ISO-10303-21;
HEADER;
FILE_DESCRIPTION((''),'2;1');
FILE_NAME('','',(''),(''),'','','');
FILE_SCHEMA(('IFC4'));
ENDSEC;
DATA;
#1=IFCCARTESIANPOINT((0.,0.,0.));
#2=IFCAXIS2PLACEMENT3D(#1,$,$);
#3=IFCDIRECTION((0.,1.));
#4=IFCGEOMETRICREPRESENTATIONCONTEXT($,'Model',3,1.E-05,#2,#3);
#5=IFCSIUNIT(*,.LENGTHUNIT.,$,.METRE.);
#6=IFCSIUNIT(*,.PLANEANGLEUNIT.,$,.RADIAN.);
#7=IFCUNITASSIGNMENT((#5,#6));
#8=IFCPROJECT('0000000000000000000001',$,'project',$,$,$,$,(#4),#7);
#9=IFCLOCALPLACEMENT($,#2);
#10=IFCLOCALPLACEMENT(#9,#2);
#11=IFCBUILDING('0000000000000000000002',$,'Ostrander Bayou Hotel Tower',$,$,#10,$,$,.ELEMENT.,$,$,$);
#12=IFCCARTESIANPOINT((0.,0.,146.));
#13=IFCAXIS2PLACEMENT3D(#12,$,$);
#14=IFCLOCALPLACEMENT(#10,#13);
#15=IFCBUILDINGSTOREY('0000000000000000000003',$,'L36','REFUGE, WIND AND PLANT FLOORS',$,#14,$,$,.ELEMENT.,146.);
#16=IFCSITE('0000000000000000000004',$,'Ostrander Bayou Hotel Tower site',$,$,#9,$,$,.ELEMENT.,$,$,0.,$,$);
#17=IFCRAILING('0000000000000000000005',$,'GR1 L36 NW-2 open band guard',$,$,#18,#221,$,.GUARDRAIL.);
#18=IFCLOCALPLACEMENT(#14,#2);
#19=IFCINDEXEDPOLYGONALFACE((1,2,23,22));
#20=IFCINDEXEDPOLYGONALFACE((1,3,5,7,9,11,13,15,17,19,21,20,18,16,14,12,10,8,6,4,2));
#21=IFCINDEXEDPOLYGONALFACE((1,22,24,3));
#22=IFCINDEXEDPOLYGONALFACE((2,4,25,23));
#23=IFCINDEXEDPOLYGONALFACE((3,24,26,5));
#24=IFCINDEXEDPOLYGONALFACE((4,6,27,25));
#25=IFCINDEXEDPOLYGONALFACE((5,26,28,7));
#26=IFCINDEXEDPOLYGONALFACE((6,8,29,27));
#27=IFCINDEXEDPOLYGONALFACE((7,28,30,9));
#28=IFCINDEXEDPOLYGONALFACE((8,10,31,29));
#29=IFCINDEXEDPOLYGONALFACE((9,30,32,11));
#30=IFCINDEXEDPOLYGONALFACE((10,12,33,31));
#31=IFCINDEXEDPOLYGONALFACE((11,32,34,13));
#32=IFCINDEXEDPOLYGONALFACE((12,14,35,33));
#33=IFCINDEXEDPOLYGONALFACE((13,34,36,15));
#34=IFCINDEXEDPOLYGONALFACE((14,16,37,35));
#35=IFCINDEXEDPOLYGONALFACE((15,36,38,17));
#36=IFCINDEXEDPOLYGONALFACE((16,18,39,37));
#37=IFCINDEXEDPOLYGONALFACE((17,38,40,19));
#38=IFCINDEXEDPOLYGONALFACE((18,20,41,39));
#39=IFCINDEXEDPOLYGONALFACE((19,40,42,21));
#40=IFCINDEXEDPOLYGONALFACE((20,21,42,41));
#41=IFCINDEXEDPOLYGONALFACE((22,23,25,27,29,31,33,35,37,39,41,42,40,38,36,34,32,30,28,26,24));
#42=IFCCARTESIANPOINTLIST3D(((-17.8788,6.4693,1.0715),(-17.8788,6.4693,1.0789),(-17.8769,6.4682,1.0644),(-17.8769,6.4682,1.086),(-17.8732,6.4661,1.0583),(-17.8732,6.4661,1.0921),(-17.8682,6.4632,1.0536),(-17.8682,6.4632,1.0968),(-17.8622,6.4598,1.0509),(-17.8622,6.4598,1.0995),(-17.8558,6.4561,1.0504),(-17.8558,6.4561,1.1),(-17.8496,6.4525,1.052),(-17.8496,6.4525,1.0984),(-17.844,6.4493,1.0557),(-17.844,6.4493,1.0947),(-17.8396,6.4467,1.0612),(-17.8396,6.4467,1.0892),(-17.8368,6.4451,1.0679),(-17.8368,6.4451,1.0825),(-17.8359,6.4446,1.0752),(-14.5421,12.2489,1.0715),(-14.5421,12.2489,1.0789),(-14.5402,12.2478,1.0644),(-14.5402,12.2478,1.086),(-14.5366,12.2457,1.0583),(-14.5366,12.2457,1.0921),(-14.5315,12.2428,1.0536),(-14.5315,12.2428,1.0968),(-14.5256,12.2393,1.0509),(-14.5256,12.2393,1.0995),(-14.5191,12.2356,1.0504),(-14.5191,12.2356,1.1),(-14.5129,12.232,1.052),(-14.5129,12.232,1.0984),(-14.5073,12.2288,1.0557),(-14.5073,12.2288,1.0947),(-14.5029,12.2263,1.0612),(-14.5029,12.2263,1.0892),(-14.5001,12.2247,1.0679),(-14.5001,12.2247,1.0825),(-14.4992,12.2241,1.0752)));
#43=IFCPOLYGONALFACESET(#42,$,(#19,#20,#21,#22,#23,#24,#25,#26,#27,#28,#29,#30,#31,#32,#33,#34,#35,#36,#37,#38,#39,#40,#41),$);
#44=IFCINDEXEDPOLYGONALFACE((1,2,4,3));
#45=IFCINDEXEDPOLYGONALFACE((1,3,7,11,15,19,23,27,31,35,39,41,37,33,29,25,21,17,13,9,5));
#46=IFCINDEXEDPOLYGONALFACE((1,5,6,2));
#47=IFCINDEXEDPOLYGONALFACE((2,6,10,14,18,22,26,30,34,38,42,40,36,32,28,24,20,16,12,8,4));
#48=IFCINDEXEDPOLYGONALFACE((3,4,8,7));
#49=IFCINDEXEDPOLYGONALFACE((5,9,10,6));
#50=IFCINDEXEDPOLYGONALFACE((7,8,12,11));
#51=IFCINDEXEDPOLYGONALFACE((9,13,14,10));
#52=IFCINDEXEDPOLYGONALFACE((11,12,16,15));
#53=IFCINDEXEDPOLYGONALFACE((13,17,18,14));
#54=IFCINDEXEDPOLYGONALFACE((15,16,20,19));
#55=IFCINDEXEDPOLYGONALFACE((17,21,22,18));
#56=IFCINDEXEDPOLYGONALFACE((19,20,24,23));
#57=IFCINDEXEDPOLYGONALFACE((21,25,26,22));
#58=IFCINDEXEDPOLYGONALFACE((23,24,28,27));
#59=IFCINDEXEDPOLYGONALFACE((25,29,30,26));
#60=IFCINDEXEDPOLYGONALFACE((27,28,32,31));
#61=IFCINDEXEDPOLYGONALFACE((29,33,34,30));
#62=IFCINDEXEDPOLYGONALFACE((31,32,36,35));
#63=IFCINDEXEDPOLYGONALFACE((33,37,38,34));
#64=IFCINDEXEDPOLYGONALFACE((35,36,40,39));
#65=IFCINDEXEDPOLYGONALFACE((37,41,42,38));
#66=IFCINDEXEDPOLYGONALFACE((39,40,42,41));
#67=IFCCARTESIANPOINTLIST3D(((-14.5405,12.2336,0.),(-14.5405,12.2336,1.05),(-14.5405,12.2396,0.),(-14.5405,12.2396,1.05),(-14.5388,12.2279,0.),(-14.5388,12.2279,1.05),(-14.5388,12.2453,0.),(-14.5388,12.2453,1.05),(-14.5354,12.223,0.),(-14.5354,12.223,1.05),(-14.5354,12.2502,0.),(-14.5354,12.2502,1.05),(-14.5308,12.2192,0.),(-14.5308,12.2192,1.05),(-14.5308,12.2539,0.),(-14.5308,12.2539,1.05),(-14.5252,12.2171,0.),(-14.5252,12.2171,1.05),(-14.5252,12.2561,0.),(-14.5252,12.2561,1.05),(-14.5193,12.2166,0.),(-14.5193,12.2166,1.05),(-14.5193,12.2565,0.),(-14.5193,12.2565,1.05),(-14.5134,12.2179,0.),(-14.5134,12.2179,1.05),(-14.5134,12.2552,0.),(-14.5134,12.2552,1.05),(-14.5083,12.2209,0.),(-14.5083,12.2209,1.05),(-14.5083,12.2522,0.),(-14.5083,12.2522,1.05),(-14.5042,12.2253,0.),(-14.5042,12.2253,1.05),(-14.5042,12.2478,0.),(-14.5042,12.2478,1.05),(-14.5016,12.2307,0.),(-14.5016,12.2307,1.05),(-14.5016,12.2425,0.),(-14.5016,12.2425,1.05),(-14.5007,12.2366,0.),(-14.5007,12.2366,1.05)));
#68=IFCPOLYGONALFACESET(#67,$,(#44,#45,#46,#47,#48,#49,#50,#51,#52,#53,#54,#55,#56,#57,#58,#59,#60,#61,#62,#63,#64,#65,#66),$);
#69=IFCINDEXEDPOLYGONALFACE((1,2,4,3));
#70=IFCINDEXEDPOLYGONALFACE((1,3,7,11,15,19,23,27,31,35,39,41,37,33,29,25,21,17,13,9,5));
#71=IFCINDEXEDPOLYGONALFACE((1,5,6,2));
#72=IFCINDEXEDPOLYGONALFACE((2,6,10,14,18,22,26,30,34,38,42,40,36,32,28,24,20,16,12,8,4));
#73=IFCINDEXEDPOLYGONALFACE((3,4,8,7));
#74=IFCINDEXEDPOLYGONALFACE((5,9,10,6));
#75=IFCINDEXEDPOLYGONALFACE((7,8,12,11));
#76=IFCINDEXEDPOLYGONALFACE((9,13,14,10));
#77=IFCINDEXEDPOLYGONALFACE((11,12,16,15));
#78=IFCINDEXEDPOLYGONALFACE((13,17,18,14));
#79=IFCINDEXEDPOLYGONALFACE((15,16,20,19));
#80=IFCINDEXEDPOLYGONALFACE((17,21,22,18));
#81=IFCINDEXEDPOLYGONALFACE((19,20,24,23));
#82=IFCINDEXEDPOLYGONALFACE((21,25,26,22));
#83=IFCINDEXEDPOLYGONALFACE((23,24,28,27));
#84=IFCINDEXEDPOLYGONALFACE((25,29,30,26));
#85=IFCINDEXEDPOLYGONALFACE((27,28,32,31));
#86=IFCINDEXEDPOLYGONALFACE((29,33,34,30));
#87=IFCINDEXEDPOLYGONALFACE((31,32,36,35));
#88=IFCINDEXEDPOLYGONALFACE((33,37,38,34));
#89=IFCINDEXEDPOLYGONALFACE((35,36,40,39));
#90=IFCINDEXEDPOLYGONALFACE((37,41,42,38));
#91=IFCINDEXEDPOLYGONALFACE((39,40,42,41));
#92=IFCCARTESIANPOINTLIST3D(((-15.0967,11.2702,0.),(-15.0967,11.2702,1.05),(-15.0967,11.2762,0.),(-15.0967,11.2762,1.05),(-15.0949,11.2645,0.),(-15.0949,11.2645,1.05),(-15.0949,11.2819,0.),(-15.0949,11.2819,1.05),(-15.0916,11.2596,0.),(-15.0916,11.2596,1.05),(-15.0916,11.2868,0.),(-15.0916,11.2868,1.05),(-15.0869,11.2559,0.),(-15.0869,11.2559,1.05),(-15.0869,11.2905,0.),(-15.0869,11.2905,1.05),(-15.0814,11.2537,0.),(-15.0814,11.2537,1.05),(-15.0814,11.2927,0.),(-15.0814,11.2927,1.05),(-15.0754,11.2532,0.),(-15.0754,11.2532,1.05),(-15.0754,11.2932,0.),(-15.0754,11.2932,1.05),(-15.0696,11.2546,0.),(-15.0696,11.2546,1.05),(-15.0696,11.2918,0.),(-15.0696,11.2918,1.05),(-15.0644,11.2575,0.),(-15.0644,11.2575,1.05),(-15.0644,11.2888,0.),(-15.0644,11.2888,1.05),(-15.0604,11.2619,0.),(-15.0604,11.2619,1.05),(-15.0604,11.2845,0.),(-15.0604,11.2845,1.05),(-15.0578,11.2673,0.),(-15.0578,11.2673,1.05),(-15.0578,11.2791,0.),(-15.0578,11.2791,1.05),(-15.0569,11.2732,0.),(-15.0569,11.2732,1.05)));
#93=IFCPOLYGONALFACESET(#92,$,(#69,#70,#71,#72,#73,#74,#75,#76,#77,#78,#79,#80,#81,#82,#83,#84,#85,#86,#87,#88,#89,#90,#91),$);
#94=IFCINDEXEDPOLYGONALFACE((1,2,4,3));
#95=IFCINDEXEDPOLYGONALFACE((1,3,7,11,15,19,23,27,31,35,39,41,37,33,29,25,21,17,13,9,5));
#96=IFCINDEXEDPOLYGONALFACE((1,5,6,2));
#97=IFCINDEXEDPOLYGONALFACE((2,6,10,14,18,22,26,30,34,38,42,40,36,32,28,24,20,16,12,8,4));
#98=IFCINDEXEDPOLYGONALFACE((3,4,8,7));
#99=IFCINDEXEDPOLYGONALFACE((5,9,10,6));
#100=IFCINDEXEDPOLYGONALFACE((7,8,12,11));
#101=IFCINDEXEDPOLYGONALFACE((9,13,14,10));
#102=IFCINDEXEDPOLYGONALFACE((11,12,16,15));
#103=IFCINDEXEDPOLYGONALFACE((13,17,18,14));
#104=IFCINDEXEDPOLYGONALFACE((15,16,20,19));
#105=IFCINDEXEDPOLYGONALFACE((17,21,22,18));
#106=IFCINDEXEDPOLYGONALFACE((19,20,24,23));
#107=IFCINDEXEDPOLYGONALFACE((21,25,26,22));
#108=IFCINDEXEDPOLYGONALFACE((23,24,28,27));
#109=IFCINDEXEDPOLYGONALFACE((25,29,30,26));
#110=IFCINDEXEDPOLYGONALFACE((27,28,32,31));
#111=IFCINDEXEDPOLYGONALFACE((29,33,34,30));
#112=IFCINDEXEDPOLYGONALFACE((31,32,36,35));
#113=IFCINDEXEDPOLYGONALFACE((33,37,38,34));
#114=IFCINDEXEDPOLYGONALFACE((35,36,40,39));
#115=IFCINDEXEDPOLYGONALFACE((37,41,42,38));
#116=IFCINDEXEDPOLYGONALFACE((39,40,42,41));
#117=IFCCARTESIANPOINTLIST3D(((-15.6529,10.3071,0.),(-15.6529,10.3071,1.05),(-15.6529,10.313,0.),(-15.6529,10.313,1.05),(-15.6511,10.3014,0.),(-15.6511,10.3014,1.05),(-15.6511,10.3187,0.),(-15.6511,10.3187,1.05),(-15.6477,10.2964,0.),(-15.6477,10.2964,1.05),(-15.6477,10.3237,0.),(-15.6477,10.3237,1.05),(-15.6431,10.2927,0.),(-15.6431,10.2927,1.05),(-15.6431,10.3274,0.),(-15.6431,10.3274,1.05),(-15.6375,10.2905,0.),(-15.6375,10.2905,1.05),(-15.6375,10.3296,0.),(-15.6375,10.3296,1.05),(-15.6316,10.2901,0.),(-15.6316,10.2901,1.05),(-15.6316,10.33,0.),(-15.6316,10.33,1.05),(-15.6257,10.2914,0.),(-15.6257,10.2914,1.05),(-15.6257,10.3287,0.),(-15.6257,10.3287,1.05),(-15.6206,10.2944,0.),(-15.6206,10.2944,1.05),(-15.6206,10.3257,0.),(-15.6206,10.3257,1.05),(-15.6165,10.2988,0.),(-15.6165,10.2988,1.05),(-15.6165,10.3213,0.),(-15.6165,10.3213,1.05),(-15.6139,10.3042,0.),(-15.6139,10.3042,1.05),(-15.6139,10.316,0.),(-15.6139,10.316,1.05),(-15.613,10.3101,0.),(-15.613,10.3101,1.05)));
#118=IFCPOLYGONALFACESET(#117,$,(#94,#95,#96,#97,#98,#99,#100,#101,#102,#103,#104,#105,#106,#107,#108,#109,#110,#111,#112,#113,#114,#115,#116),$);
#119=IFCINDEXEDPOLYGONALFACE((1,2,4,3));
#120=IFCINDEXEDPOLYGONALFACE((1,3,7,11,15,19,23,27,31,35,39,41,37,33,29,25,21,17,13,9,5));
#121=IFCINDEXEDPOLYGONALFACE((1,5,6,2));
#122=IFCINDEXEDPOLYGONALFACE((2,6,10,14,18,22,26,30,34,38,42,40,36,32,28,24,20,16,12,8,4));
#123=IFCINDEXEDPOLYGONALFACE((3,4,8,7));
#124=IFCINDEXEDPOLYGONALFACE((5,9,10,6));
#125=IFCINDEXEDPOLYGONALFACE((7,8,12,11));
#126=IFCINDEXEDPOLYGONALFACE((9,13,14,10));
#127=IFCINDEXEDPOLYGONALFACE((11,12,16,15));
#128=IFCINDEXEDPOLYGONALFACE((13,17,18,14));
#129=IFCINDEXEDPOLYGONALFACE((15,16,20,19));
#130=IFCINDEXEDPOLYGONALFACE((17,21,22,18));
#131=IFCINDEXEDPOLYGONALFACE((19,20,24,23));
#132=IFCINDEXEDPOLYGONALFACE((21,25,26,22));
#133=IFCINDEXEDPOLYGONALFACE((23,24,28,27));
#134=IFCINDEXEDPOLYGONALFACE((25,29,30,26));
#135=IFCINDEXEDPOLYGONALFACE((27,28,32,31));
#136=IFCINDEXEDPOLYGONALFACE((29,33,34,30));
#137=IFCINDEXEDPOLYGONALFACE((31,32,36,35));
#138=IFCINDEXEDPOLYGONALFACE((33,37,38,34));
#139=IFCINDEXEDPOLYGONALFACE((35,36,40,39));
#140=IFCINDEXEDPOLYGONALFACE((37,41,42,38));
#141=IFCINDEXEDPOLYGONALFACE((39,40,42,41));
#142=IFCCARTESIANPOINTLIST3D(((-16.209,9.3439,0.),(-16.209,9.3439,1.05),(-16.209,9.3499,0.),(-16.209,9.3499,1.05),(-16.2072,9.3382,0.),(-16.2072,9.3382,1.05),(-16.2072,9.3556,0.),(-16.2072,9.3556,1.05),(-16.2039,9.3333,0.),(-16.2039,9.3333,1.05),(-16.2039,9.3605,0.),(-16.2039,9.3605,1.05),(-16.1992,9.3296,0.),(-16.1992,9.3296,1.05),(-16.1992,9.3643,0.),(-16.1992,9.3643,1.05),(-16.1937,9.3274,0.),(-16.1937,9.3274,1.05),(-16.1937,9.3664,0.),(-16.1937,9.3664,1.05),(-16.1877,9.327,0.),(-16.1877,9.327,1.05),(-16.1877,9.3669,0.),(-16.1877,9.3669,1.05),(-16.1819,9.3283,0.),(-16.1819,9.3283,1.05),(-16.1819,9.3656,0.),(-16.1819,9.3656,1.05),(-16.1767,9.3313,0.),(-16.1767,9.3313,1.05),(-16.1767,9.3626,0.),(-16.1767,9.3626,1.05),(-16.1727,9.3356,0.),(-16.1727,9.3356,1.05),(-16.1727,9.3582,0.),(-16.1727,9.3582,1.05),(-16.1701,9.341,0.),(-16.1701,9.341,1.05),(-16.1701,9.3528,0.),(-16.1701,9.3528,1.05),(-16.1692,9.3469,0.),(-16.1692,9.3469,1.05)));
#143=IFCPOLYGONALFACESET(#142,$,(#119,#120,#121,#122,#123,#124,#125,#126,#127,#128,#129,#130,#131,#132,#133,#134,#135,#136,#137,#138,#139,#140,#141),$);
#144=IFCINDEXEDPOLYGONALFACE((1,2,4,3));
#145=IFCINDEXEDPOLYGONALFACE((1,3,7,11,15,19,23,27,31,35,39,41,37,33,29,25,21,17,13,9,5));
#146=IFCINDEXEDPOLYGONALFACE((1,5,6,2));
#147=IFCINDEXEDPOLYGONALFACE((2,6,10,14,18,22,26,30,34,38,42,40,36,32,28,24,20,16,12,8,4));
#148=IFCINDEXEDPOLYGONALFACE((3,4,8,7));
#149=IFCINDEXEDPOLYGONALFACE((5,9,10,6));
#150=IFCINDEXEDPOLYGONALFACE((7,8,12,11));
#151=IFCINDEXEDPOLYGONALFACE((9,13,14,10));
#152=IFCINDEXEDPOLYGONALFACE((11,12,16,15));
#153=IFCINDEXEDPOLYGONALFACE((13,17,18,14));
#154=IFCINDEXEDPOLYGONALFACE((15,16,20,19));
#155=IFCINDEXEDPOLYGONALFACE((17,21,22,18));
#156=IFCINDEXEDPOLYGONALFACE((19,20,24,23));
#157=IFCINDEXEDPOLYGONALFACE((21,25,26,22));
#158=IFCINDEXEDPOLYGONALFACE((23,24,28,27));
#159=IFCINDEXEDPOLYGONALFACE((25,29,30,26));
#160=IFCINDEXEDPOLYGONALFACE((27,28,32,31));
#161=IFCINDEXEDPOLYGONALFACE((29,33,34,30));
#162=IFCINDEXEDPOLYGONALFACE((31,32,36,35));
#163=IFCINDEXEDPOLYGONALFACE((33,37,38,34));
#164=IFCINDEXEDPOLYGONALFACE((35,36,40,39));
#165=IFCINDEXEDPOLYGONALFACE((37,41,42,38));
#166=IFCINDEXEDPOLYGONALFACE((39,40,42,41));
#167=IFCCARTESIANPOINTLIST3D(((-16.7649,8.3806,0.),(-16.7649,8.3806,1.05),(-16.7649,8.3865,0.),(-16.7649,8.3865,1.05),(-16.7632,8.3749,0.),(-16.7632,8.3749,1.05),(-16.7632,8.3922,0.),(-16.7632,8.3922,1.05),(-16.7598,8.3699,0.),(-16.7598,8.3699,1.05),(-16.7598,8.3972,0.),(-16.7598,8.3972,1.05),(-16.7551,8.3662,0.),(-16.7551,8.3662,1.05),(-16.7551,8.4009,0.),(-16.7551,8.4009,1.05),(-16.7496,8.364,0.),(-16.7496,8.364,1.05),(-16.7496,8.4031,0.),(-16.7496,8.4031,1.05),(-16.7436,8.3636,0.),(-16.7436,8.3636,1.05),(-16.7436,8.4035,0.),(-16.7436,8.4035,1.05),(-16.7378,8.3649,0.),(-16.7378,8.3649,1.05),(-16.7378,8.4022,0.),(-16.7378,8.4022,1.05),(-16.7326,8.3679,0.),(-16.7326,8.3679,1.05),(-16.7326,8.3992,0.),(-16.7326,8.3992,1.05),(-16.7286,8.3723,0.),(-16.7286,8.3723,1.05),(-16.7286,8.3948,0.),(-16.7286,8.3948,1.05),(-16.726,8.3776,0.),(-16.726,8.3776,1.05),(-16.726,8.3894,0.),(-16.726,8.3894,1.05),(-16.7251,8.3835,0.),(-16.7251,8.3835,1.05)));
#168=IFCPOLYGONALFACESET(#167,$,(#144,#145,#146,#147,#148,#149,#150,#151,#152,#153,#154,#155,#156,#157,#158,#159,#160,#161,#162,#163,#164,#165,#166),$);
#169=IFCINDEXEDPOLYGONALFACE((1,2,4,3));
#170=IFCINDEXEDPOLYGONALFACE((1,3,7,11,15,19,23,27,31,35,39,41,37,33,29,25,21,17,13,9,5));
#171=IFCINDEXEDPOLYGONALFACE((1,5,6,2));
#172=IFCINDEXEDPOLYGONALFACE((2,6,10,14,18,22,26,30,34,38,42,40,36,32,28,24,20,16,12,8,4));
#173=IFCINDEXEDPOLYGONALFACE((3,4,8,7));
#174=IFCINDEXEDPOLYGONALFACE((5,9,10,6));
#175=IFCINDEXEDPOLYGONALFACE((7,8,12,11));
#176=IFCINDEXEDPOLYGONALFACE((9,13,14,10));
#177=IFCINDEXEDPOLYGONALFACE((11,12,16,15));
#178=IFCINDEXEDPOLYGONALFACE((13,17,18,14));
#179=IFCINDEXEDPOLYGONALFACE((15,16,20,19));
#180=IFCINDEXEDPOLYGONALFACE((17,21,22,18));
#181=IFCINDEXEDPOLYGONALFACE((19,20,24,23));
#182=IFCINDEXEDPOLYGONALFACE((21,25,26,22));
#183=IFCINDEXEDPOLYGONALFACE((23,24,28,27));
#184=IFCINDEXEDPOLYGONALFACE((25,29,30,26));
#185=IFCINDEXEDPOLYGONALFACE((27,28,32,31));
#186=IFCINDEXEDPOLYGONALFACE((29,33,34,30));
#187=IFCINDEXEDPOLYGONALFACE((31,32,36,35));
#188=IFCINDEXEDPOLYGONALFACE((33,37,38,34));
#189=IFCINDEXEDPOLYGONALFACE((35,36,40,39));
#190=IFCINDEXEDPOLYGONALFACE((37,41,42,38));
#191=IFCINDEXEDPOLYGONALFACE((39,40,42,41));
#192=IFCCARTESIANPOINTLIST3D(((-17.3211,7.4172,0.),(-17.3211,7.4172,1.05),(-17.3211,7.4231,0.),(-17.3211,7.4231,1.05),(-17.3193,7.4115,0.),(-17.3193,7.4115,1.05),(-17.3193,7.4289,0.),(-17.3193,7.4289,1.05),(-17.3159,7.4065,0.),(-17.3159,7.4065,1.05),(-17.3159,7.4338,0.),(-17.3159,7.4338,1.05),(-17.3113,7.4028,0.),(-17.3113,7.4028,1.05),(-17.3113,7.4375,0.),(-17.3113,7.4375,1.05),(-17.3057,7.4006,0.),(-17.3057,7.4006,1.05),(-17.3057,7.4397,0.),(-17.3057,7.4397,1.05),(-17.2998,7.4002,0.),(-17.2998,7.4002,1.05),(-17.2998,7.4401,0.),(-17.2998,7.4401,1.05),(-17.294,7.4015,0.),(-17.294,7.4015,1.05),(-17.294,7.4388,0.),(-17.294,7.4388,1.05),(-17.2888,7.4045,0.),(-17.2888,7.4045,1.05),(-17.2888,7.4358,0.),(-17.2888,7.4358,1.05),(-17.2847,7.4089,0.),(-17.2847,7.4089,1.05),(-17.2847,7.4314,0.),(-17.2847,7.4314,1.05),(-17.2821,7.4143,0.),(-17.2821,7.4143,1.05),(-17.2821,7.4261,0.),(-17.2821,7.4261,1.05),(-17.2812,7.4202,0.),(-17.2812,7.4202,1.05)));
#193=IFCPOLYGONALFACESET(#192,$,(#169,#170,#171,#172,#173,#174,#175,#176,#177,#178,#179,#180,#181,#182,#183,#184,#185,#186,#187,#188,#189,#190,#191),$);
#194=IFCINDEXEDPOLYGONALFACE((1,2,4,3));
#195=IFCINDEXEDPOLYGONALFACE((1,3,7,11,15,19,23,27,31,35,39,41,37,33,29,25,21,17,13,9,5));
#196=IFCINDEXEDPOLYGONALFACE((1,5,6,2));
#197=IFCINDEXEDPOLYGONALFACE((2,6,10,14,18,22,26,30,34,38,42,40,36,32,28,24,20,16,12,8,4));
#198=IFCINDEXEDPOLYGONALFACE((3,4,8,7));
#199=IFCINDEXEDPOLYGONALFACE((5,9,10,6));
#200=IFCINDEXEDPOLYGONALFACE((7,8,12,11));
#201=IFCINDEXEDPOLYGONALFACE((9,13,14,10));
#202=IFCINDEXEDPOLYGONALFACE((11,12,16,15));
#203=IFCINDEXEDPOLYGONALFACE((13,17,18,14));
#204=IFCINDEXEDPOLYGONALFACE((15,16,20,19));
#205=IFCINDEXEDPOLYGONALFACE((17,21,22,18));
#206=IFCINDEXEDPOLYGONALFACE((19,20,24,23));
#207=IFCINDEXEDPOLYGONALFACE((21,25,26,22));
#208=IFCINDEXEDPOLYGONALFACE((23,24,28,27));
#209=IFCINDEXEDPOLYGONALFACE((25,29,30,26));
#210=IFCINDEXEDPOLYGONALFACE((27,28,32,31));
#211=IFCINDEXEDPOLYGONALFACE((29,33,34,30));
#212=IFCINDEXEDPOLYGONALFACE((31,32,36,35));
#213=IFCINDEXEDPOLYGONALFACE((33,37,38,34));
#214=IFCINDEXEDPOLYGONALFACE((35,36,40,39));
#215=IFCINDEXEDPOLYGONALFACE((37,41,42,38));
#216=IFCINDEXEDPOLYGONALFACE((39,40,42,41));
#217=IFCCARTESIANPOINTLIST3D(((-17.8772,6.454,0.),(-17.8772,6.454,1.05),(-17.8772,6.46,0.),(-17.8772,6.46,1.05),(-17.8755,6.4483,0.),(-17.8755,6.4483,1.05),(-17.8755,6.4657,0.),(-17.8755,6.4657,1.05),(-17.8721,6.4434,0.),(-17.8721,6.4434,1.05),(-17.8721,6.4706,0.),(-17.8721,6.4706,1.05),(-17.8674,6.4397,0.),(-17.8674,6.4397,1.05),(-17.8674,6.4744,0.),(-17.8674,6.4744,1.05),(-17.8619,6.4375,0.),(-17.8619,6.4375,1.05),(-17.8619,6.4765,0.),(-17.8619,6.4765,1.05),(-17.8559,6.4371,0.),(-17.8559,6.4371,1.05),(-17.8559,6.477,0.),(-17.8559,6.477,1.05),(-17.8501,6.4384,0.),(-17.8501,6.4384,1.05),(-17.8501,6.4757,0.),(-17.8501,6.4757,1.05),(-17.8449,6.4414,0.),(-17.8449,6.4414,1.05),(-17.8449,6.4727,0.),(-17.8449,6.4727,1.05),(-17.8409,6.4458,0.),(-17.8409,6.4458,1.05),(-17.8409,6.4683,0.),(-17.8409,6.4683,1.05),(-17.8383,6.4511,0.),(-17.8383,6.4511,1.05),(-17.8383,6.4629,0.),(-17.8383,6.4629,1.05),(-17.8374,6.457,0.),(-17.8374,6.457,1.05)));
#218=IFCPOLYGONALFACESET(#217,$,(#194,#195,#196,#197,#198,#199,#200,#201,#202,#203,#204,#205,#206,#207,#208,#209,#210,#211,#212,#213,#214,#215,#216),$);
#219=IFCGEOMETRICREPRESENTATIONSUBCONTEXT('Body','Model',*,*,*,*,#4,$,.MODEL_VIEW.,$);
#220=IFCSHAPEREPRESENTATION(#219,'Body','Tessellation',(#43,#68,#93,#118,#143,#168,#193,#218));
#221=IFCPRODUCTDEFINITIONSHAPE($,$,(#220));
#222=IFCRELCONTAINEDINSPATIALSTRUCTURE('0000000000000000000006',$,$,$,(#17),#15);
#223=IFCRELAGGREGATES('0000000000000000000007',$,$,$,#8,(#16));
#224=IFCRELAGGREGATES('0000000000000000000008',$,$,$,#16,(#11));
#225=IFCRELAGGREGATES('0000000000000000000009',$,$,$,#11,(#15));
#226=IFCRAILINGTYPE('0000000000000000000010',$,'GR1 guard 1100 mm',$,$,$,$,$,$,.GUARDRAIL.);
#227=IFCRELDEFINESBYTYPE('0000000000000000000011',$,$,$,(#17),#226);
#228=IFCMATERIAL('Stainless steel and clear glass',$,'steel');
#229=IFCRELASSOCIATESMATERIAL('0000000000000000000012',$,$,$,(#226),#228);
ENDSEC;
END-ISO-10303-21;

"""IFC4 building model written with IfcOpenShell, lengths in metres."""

from ifc_helpers import new_model, si_unit, direction, frame, origin, origin_2d, place, context, subcontext, project, spatial, circle, extrude, material, type_object, element, save


model = new_model("IFC4")

# Units and contexts
model_context = context("Model", 3, precision=1e-05, world=origin(), true_north=direction((0.0, 1.0)))
body_context = subcontext(model_context, "Body", "Model", "MODEL_VIEW")
ifc_project = project(units=[si_unit("LENGTHUNIT", "METRE"), si_unit("PLANEANGLEUNIT", "RADIAN")], contexts=[model_context])

# Site, building, storey
site_placement = place(None, origin())
site = spatial("IfcSite", under=ifc_project, at=site_placement, Name="Ostrander Bayou Hotel Tower site", CompositionType="ELEMENT", RefElevation=0.0)
building_placement = place(site_placement, origin())
building = spatial("IfcBuilding", under=site, at=building_placement, Name="Ostrander Bayou Hotel Tower", CompositionType="ELEMENT")
storey_placement = place(building_placement, frame((0.0, 0.0, 146.0)))
storey = spatial("IfcBuildingStorey", under=building, at=storey_placement, Name="L36", Description="REFUGE, WIND AND PLANT FLOORS", CompositionType="ELEMENT", Elevation=146.0)

# Railing
ifc_material_1 = material(Name="Stainless steel and clear glass", Category="steel")
railing_type = type_object("IfcRailingType", Name="GR1 guard 1100 mm", PredefinedType="GUARDRAIL", material=ifc_material_1)
railing_placement = place(storey_placement, frame((-14.5208, 12.2366, 0.0)))
element("IfcRailing", 1, at=railing_placement, inside=storey, type_object=railing_type, Name="GR1 L36 NW-2 open band guard", PredefinedType="GUARDRAIL", context=body_context, shape_type="SweptSolid", body=[
    extrude(circle(Radius=0.0249, at=origin_2d()), frame((0.0, 0.0, 1.0752), z_axis=(-0.499983, -0.866035, 0.0), x_axis=(0.866035, -0.499983, 0.0)), (0.0, 0.0, 1.0), 6.6736),
    extrude(circle(Radius=0.02, at=origin_2d()), origin(), (0.0, 0.0, 1.0), 1.05),
    extrude(circle(Radius=0.02, at=origin_2d()), frame((-0.5562, -0.9634, 0.0)), (0.0, 0.0, 1.0), 1.05),
    extrude(circle(Radius=0.02, at=origin_2d()), frame((-1.1123, -1.9265, 0.0)), (0.0, 0.0, 1.0), 1.05),
    extrude(circle(Radius=0.02, at=origin_2d()), frame((-1.6685, -2.8896, 0.0)), (0.0, 0.0, 1.0), 1.05),
    extrude(circle(Radius=0.02, at=origin_2d()), frame((-2.2244, -3.853, 0.0)), (0.0, 0.0, 1.0), 1.05),
    extrude(circle(Radius=0.02, at=origin_2d()), frame((-2.7805, -4.8164, 0.0)), (0.0, 0.0, 1.0), 1.05),
    extrude(circle(Radius=0.02, at=origin_2d()), frame((-3.3367, -5.7795, 0.0)), (0.0, 0.0, 1.0), 1.05),
])

save(model, "model.ifc")
